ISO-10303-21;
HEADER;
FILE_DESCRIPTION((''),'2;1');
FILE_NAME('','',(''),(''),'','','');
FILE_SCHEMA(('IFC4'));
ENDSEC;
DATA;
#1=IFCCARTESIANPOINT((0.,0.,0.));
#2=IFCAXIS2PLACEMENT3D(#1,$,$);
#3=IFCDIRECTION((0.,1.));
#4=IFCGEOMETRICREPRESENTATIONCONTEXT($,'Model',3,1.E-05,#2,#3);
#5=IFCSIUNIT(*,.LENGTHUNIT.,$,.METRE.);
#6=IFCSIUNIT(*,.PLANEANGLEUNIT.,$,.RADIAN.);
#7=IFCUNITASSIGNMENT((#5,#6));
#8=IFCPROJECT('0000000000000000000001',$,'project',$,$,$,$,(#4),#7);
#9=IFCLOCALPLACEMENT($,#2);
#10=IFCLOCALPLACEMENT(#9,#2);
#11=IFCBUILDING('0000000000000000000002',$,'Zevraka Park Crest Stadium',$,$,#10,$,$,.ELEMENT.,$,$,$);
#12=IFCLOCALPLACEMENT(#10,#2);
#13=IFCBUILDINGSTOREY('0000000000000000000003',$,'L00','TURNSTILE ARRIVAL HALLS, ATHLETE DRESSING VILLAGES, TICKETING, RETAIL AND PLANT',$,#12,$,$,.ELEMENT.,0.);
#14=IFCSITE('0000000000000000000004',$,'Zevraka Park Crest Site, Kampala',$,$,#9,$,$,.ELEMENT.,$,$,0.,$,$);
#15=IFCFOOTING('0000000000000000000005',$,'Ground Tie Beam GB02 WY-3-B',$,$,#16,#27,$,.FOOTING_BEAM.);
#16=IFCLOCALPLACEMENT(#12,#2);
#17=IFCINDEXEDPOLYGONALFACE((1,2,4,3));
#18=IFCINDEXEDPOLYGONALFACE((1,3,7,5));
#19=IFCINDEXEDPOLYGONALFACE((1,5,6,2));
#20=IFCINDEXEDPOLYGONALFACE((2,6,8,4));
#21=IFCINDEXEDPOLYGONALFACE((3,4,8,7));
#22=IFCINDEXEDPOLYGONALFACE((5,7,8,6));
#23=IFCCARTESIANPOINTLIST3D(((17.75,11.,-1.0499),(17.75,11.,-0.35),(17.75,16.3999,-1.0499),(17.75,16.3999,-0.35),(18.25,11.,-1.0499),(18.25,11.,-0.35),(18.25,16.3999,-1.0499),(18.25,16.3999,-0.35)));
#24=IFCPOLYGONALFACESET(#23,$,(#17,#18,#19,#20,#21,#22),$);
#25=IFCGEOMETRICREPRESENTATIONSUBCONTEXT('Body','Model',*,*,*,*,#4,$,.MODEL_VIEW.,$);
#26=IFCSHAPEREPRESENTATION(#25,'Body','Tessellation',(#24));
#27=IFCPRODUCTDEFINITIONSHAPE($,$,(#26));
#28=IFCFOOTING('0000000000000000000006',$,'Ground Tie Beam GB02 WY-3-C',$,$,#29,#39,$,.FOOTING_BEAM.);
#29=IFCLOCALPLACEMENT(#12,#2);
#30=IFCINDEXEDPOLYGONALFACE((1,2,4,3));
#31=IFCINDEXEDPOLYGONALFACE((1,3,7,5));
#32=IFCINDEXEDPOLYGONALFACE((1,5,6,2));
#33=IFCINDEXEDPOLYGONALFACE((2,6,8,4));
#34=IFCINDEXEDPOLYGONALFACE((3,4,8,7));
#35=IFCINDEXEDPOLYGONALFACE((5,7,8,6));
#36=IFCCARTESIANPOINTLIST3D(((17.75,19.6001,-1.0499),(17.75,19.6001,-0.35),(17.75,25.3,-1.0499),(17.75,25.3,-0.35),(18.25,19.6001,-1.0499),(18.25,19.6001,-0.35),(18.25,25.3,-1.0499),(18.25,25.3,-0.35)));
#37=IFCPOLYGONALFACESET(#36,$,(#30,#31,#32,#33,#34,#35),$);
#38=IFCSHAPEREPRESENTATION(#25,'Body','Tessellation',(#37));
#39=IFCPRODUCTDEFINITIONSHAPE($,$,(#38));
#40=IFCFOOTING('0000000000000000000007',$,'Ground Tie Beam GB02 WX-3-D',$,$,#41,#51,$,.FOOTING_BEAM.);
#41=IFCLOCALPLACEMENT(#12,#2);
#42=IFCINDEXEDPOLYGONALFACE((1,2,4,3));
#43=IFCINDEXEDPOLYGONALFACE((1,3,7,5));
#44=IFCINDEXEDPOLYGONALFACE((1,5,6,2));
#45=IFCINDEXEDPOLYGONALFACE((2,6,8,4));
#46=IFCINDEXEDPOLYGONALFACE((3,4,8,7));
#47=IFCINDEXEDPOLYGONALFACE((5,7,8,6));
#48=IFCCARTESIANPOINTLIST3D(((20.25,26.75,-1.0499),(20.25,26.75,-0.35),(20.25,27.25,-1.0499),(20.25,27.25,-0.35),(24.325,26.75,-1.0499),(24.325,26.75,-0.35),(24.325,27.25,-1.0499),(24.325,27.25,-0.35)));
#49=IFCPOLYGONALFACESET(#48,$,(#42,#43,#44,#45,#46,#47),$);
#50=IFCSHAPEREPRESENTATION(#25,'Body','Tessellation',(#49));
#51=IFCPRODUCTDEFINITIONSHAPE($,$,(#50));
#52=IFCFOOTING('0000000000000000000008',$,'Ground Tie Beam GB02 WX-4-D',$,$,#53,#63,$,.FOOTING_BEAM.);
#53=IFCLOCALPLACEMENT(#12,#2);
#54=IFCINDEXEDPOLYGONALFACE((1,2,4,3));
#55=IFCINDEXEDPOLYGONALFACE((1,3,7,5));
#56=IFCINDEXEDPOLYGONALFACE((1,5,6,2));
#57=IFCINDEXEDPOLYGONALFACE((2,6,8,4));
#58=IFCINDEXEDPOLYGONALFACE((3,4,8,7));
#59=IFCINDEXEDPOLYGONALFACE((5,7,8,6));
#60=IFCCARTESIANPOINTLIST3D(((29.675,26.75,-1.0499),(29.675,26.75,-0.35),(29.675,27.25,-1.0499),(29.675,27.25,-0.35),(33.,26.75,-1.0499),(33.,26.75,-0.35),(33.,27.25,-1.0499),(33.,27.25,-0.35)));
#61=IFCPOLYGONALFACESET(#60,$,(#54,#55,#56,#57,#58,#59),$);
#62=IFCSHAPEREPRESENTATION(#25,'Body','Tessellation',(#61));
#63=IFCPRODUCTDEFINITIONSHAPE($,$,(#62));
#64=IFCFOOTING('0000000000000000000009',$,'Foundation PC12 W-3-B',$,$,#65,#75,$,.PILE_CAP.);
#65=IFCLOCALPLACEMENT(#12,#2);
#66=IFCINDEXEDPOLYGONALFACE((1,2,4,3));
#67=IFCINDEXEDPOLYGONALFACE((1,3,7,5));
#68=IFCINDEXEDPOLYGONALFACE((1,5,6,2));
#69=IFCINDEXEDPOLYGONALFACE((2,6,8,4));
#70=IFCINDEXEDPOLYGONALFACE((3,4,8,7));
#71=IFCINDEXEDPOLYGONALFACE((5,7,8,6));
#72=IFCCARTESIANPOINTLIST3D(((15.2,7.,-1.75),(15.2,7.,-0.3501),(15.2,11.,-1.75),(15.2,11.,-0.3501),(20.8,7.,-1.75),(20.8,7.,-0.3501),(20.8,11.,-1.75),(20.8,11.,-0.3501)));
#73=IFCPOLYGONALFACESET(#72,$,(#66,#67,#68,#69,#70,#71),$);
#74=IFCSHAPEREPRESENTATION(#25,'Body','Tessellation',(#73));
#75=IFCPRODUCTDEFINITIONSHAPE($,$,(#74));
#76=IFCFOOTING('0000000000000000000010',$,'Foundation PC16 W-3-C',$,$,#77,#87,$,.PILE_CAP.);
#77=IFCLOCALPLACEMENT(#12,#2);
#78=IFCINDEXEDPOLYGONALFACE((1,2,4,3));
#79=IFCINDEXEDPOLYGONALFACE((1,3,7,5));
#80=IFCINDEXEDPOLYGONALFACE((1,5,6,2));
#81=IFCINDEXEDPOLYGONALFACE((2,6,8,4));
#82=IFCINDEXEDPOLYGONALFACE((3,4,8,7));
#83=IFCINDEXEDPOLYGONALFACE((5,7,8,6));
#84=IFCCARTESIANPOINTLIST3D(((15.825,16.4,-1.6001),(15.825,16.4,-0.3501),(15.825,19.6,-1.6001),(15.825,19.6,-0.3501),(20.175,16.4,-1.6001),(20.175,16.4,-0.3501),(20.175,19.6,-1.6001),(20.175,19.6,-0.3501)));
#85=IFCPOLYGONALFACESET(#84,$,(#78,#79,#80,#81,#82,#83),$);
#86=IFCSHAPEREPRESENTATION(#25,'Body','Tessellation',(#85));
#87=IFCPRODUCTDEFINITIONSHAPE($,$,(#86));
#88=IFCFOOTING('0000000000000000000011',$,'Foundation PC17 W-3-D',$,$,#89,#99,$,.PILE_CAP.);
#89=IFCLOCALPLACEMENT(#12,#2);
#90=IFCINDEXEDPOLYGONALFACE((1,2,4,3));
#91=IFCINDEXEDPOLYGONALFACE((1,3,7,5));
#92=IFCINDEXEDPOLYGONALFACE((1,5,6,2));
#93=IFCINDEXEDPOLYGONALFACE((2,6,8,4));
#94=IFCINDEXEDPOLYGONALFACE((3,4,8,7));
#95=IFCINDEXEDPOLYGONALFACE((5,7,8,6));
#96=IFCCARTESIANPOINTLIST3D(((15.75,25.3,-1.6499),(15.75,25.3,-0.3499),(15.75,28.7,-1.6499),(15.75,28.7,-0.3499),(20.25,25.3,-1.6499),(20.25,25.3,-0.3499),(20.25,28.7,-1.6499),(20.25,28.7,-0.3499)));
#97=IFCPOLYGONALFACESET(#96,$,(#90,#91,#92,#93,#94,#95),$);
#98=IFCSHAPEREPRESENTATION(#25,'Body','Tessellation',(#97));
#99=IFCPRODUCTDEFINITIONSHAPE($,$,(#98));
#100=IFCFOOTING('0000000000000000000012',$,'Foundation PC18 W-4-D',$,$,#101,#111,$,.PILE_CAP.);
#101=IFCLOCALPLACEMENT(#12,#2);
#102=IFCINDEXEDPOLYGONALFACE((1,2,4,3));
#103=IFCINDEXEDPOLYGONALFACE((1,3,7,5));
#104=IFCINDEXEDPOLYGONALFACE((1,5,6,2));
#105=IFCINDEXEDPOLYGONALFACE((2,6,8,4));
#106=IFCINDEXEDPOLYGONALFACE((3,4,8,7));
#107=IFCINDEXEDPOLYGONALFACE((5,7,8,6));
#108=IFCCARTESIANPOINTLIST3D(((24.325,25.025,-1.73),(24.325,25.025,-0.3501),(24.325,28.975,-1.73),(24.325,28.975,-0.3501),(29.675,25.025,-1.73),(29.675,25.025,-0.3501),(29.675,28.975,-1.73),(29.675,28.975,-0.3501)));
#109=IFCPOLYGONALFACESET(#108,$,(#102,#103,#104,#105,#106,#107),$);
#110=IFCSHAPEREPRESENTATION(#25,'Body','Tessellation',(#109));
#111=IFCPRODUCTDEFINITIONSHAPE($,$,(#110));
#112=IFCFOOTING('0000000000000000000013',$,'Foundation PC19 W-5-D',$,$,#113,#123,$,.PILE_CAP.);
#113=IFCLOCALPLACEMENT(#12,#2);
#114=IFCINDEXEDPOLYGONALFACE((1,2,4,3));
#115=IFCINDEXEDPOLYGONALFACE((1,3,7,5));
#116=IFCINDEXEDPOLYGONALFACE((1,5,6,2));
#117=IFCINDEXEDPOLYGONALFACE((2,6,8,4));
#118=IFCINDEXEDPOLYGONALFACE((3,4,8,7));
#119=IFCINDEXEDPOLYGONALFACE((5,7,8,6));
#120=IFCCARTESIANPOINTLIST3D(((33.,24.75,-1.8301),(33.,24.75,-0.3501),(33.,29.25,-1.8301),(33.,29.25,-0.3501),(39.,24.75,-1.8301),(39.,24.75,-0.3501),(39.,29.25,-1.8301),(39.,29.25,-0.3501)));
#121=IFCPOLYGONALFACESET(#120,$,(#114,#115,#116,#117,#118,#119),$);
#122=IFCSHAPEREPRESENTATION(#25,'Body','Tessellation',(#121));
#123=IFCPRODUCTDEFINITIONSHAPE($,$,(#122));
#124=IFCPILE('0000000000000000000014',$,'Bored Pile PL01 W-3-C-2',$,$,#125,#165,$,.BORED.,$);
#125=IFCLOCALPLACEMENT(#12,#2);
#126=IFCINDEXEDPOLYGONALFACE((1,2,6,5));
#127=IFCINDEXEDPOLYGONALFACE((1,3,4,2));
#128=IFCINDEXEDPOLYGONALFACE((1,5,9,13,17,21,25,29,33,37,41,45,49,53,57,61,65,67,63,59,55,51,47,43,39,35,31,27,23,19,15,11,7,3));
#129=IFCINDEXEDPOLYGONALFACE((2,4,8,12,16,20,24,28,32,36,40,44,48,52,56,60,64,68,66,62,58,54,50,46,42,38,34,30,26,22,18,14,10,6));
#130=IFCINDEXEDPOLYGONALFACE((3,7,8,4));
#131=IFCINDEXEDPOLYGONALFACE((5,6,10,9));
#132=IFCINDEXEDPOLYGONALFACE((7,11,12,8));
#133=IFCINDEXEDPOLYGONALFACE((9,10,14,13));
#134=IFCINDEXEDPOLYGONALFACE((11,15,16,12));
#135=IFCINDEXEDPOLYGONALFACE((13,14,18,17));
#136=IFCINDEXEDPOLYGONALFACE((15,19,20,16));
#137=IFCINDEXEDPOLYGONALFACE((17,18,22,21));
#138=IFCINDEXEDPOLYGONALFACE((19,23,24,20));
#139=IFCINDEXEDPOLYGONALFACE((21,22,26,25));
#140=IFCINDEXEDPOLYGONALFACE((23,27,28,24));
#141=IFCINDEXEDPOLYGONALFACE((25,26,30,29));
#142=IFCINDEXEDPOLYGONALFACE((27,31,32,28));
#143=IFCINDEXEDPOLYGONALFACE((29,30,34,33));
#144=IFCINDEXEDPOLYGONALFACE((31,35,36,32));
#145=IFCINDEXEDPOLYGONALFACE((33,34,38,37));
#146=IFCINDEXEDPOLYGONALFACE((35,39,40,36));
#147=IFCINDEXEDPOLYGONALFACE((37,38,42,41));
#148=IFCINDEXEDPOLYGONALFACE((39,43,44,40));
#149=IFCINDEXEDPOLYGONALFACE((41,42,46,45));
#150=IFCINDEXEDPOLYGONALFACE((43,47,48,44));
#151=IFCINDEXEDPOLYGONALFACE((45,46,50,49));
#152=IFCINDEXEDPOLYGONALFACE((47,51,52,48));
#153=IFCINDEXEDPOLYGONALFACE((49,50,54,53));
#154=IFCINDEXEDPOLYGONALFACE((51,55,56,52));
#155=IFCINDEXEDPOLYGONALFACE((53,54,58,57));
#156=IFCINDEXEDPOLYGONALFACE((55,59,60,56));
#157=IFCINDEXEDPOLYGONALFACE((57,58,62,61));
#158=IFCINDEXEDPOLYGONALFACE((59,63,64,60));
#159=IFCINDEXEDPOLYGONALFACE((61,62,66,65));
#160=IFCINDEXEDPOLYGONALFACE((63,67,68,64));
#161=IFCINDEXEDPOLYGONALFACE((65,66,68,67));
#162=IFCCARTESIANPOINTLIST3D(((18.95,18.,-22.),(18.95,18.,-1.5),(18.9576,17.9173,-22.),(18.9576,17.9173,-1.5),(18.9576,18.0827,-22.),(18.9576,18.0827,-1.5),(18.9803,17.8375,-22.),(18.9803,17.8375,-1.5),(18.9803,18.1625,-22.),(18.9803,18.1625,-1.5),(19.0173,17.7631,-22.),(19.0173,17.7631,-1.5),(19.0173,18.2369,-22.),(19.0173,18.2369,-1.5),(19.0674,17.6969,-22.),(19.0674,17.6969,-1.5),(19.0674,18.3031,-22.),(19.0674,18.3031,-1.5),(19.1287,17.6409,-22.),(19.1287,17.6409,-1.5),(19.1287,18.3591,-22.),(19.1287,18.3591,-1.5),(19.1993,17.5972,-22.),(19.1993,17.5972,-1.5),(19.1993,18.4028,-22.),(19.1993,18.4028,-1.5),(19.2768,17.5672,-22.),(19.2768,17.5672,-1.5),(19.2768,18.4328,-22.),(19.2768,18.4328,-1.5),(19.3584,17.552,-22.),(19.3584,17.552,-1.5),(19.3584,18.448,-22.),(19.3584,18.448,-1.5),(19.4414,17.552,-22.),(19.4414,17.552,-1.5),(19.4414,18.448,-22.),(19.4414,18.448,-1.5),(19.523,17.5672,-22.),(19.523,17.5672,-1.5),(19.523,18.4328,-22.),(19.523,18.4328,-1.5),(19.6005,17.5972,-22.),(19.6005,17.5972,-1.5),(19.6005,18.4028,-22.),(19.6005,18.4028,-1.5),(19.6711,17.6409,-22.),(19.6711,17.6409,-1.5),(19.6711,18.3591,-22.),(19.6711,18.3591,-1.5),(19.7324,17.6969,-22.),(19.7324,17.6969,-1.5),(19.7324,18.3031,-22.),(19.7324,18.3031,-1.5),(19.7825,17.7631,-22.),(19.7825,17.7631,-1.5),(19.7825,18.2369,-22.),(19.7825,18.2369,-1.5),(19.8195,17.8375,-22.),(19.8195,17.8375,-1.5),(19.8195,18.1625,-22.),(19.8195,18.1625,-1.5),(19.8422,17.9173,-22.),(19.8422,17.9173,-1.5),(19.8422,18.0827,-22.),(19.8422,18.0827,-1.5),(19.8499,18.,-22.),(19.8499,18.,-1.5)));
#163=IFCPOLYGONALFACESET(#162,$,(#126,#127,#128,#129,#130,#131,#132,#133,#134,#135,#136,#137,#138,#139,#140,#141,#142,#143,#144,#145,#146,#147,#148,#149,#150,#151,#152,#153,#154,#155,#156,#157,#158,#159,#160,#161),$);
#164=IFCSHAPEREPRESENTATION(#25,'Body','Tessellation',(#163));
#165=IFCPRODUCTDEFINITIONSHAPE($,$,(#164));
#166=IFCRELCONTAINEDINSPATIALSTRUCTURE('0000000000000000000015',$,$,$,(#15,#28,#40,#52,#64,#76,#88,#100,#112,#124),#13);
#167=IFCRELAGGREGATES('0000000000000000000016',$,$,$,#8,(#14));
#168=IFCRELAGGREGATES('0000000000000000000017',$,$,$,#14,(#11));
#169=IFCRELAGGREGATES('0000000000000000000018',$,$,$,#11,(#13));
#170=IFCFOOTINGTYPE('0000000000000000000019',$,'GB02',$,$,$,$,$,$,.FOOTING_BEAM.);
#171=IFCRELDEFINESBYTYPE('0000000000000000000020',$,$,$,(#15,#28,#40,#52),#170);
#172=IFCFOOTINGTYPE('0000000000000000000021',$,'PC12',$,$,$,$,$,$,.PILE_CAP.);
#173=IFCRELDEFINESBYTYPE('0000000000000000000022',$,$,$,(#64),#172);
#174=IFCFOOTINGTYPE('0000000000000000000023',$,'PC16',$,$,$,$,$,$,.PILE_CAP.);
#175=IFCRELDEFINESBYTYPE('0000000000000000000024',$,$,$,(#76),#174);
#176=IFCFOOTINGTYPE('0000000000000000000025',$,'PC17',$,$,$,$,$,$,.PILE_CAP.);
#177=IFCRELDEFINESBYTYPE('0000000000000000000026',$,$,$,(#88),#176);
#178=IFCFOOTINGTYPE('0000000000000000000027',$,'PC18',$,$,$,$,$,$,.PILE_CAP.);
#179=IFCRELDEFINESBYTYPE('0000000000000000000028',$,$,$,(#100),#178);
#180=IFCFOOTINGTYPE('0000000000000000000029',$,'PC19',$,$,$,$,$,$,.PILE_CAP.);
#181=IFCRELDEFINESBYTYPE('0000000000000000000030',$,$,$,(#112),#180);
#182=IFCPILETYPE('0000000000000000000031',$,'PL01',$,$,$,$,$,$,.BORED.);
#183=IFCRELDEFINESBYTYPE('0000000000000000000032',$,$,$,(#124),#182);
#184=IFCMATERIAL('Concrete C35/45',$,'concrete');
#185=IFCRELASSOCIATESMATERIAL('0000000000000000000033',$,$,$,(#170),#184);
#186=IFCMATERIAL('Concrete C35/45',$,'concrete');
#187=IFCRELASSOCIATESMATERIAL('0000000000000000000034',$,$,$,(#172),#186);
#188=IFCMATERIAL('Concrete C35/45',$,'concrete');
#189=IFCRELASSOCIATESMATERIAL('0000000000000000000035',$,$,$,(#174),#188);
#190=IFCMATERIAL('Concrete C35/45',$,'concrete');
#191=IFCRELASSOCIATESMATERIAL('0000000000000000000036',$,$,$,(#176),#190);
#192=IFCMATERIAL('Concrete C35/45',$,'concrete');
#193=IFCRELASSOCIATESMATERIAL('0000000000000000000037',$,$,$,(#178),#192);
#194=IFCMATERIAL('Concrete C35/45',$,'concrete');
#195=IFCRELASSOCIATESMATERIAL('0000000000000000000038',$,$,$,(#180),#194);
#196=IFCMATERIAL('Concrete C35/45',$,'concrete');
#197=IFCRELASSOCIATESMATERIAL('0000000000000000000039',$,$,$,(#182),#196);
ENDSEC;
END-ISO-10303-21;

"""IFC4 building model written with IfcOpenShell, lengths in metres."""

from ifc_helpers import new_model, si_unit, direction, frame, origin, origin_2d, place, context, subcontext, project, spatial, rectangle, circle, extrude, material, material_profile, profile_set, type_object, element, save


model = new_model("IFC4")

# Units and contexts
model_context = context("Model", 3, precision=1e-05, world=origin(), true_north=direction((0.0, 1.0)))
body_context = subcontext(model_context, "Body", "Model", "MODEL_VIEW")
ifc_project = project(units=[si_unit("LENGTHUNIT", "METRE"), si_unit("PLANEANGLEUNIT", "RADIAN")], contexts=[model_context])

# Site, building, storey
site_placement = place(None, origin())
site = spatial("IfcSite", under=ifc_project, at=site_placement, Name="Zevraka Park Crest Site, Kampala", CompositionType="ELEMENT", RefElevation=0.0)
building_placement = place(site_placement, origin())
building = spatial("IfcBuilding", under=site, at=building_placement, Name="Zevraka Park Crest Stadium", CompositionType="ELEMENT")
storey_placement = place(building_placement, origin())
storey = spatial("IfcBuildingStorey", under=building, at=storey_placement, Name="L00", Description="TURNSTILE ARRIVAL HALLS, ATHLETE DRESSING VILLAGES, TICKETING, RETAIL AND PLANT", CompositionType="ELEMENT", Elevation=0.0)

# Footings
ifc_material_1 = material(Name="Concrete C35/45", Category="concrete")
ifc_material_profile_1 = material_profile(ifc_material_1, rectangle(XDim=0.5, YDim=0.7, at=origin_2d()), Name="GB 700x500")
ifc_profile_set_1 = profile_set([ifc_material_profile_1], Name="Concrete C35/45")
footing_type_1 = type_object("IfcFootingType", Name="GB02", PredefinedType="FOOTING_BEAM", material=ifc_profile_set_1)
footing_1_placement = place(storey_placement, frame((18.0, 11.0, -0.7), z_axis=(0.0, 1.0, 0.0), x_axis=(-1.0, 0.0, 0.0)))
element("IfcFooting", 1, at=footing_1_placement, inside=storey, type_object=footing_type_1, Name="Ground Tie Beam GB02 WY-3-B", PredefinedType="FOOTING_BEAM", context=body_context, shape_type="SweptSolid", body=[
    extrude(rectangle(XDim=0.5, YDim=0.7, at=origin_2d()), origin(), (0.0, 0.0, 1.0), 5.3999),
])
footing_2_placement = place(storey_placement, frame((18.0, 19.6001, -0.7), z_axis=(0.0, 1.0, 0.0), x_axis=(-1.0, 0.0, 0.0)))
element("IfcFooting", 2, at=footing_2_placement, inside=storey, type_object=footing_type_1, Name="Ground Tie Beam GB02 WY-3-C", PredefinedType="FOOTING_BEAM", context=body_context, shape_type="SweptSolid", body=[
    extrude(rectangle(XDim=0.5, YDim=0.7, at=origin_2d()), origin(), (0.0, 0.0, 1.0), 5.7),
])
footing_3_placement = place(storey_placement, frame((20.25, 27.0, -0.7), z_axis=(1.0, 0.0, 0.0), x_axis=(0.0, 1.0, 0.0)))
element("IfcFooting", 3, at=footing_3_placement, inside=storey, type_object=footing_type_1, Name="Ground Tie Beam GB02 WX-3-D", PredefinedType="FOOTING_BEAM", context=body_context, shape_type="SweptSolid", body=[
    extrude(rectangle(XDim=0.5, YDim=0.7, at=origin_2d()), origin(), (0.0, 0.0, 1.0), 4.075),
])
footing_4_placement = place(storey_placement, frame((29.675, 27.0, -0.7), z_axis=(1.0, 0.0, 0.0), x_axis=(0.0, 1.0, 0.0)))
element("IfcFooting", 4, at=footing_4_placement, inside=storey, type_object=footing_type_1, Name="Ground Tie Beam GB02 WX-4-D", PredefinedType="FOOTING_BEAM", context=body_context, shape_type="SweptSolid", body=[
    extrude(rectangle(XDim=0.5, YDim=0.7, at=origin_2d()), origin(), (0.0, 0.0, 1.0), 3.325),
])
ifc_material_2 = material(Name="Concrete C35/45", Category="concrete")
footing_type_2 = type_object("IfcFootingType", Name="PC12", PredefinedType="PILE_CAP", material=ifc_material_2)
footing_5_placement = place(storey_placement, frame((18.0, 9.0, -1.75), z_axis=(0.0, 0.0, 1.0), x_axis=(1.0, 0.0, 0.0)))
element("IfcFooting", 5, at=footing_5_placement, inside=storey, type_object=footing_type_2, Name="Foundation PC12 W-3-B", PredefinedType="PILE_CAP", context=body_context, shape_type="SweptSolid", body=[
    extrude(rectangle(XDim=5.6001, YDim=4.0, at=origin_2d()), origin(), (0.0, 0.0, 1.0), 1.3999),
])
ifc_material_3 = material(Name="Concrete C35/45", Category="concrete")
footing_type_3 = type_object("IfcFootingType", Name="PC16", PredefinedType="PILE_CAP", material=ifc_material_3)
footing_6_placement = place(storey_placement, frame((18.0, 18.0, -1.6001), z_axis=(0.0, 0.0, 1.0), x_axis=(1.0, 0.0, 0.0)))
element("IfcFooting", 6, at=footing_6_placement, inside=storey, type_object=footing_type_3, Name="Foundation PC16 W-3-C", PredefinedType="PILE_CAP", context=body_context, shape_type="SweptSolid", body=[
    extrude(rectangle(XDim=4.3501, YDim=3.2, at=origin_2d()), origin(), (0.0, 0.0, 1.0), 1.25),
])
ifc_material_4 = material(Name="Concrete C35/45", Category="concrete")
footing_type_4 = type_object("IfcFootingType", Name="PC17", PredefinedType="PILE_CAP", material=ifc_material_4)
footing_7_placement = place(storey_placement, frame((18.0, 27.0, -1.6499), z_axis=(0.0, 0.0, 1.0), x_axis=(1.0, 0.0, 0.0)))
element("IfcFooting", 7, at=footing_7_placement, inside=storey, type_object=footing_type_4, Name="Foundation PC17 W-3-D", PredefinedType="PILE_CAP", context=body_context, shape_type="SweptSolid", body=[
    extrude(rectangle(XDim=4.5, YDim=3.3999, at=origin_2d()), origin(), (0.0, 0.0, 1.0), 1.3),
])
ifc_material_5 = material(Name="Concrete C35/45", Category="concrete")
footing_type_5 = type_object("IfcFootingType", Name="PC18", PredefinedType="PILE_CAP", material=ifc_material_5)
footing_8_placement = place(storey_placement, frame((27.0, 27.0, -1.73), z_axis=(0.0, 0.0, 1.0), x_axis=(1.0, 0.0, 0.0)))
element("IfcFooting", 8, at=footing_8_placement, inside=storey, type_object=footing_type_5, Name="Foundation PC18 W-4-D", PredefinedType="PILE_CAP", context=body_context, shape_type="SweptSolid", body=[
    extrude(rectangle(XDim=5.3501, YDim=3.95, at=origin_2d()), origin(), (0.0, 0.0, 1.0), 1.3799),
])
ifc_material_6 = material(Name="Concrete C35/45", Category="concrete")
footing_type_6 = type_object("IfcFootingType", Name="PC19", PredefinedType="PILE_CAP", material=ifc_material_6)
footing_9_placement = place(storey_placement, frame((36.0, 27.0, -1.8301), z_axis=(0.0, 0.0, 1.0), x_axis=(1.0, 0.0, 0.0)))
element("IfcFooting", 9, at=footing_9_placement, inside=storey, type_object=footing_type_6, Name="Foundation PC19 W-5-D", PredefinedType="PILE_CAP", context=body_context, shape_type="SweptSolid", body=[
    extrude(rectangle(XDim=6.0, YDim=4.5, at=origin_2d()), origin(), (0.0, 0.0, 1.0), 1.48),
])

# Pile
ifc_material_7 = material(Name="Concrete C35/45", Category="concrete")
ifc_material_profile_2 = material_profile(ifc_material_7, circle(Radius=0.45, at=origin_2d()), Name="PILE D900")
ifc_profile_set_2 = profile_set([ifc_material_profile_2], Name="Concrete C35/45")
pile_type_1 = type_object("IfcPileType", Name="PL01", PredefinedType="BORED", material=ifc_profile_set_2)
pile_1_placement = place(storey_placement, frame((19.3999, 18.0, -1.5), z_axis=(0.0, 0.0, -1.0), x_axis=(1.0, 0.0, 0.0)))
element("IfcPile", 10, at=pile_1_placement, inside=storey, type_object=pile_type_1, Name="Bored Pile PL01 W-3-C-2", PredefinedType="BORED", context=body_context, shape_type="SweptSolid", body=[
    extrude(circle(Radius=0.45, at=origin_2d()), origin(), (0.0, 0.0, 1.0), 20.5),
])

save(model, "model.ifc")
